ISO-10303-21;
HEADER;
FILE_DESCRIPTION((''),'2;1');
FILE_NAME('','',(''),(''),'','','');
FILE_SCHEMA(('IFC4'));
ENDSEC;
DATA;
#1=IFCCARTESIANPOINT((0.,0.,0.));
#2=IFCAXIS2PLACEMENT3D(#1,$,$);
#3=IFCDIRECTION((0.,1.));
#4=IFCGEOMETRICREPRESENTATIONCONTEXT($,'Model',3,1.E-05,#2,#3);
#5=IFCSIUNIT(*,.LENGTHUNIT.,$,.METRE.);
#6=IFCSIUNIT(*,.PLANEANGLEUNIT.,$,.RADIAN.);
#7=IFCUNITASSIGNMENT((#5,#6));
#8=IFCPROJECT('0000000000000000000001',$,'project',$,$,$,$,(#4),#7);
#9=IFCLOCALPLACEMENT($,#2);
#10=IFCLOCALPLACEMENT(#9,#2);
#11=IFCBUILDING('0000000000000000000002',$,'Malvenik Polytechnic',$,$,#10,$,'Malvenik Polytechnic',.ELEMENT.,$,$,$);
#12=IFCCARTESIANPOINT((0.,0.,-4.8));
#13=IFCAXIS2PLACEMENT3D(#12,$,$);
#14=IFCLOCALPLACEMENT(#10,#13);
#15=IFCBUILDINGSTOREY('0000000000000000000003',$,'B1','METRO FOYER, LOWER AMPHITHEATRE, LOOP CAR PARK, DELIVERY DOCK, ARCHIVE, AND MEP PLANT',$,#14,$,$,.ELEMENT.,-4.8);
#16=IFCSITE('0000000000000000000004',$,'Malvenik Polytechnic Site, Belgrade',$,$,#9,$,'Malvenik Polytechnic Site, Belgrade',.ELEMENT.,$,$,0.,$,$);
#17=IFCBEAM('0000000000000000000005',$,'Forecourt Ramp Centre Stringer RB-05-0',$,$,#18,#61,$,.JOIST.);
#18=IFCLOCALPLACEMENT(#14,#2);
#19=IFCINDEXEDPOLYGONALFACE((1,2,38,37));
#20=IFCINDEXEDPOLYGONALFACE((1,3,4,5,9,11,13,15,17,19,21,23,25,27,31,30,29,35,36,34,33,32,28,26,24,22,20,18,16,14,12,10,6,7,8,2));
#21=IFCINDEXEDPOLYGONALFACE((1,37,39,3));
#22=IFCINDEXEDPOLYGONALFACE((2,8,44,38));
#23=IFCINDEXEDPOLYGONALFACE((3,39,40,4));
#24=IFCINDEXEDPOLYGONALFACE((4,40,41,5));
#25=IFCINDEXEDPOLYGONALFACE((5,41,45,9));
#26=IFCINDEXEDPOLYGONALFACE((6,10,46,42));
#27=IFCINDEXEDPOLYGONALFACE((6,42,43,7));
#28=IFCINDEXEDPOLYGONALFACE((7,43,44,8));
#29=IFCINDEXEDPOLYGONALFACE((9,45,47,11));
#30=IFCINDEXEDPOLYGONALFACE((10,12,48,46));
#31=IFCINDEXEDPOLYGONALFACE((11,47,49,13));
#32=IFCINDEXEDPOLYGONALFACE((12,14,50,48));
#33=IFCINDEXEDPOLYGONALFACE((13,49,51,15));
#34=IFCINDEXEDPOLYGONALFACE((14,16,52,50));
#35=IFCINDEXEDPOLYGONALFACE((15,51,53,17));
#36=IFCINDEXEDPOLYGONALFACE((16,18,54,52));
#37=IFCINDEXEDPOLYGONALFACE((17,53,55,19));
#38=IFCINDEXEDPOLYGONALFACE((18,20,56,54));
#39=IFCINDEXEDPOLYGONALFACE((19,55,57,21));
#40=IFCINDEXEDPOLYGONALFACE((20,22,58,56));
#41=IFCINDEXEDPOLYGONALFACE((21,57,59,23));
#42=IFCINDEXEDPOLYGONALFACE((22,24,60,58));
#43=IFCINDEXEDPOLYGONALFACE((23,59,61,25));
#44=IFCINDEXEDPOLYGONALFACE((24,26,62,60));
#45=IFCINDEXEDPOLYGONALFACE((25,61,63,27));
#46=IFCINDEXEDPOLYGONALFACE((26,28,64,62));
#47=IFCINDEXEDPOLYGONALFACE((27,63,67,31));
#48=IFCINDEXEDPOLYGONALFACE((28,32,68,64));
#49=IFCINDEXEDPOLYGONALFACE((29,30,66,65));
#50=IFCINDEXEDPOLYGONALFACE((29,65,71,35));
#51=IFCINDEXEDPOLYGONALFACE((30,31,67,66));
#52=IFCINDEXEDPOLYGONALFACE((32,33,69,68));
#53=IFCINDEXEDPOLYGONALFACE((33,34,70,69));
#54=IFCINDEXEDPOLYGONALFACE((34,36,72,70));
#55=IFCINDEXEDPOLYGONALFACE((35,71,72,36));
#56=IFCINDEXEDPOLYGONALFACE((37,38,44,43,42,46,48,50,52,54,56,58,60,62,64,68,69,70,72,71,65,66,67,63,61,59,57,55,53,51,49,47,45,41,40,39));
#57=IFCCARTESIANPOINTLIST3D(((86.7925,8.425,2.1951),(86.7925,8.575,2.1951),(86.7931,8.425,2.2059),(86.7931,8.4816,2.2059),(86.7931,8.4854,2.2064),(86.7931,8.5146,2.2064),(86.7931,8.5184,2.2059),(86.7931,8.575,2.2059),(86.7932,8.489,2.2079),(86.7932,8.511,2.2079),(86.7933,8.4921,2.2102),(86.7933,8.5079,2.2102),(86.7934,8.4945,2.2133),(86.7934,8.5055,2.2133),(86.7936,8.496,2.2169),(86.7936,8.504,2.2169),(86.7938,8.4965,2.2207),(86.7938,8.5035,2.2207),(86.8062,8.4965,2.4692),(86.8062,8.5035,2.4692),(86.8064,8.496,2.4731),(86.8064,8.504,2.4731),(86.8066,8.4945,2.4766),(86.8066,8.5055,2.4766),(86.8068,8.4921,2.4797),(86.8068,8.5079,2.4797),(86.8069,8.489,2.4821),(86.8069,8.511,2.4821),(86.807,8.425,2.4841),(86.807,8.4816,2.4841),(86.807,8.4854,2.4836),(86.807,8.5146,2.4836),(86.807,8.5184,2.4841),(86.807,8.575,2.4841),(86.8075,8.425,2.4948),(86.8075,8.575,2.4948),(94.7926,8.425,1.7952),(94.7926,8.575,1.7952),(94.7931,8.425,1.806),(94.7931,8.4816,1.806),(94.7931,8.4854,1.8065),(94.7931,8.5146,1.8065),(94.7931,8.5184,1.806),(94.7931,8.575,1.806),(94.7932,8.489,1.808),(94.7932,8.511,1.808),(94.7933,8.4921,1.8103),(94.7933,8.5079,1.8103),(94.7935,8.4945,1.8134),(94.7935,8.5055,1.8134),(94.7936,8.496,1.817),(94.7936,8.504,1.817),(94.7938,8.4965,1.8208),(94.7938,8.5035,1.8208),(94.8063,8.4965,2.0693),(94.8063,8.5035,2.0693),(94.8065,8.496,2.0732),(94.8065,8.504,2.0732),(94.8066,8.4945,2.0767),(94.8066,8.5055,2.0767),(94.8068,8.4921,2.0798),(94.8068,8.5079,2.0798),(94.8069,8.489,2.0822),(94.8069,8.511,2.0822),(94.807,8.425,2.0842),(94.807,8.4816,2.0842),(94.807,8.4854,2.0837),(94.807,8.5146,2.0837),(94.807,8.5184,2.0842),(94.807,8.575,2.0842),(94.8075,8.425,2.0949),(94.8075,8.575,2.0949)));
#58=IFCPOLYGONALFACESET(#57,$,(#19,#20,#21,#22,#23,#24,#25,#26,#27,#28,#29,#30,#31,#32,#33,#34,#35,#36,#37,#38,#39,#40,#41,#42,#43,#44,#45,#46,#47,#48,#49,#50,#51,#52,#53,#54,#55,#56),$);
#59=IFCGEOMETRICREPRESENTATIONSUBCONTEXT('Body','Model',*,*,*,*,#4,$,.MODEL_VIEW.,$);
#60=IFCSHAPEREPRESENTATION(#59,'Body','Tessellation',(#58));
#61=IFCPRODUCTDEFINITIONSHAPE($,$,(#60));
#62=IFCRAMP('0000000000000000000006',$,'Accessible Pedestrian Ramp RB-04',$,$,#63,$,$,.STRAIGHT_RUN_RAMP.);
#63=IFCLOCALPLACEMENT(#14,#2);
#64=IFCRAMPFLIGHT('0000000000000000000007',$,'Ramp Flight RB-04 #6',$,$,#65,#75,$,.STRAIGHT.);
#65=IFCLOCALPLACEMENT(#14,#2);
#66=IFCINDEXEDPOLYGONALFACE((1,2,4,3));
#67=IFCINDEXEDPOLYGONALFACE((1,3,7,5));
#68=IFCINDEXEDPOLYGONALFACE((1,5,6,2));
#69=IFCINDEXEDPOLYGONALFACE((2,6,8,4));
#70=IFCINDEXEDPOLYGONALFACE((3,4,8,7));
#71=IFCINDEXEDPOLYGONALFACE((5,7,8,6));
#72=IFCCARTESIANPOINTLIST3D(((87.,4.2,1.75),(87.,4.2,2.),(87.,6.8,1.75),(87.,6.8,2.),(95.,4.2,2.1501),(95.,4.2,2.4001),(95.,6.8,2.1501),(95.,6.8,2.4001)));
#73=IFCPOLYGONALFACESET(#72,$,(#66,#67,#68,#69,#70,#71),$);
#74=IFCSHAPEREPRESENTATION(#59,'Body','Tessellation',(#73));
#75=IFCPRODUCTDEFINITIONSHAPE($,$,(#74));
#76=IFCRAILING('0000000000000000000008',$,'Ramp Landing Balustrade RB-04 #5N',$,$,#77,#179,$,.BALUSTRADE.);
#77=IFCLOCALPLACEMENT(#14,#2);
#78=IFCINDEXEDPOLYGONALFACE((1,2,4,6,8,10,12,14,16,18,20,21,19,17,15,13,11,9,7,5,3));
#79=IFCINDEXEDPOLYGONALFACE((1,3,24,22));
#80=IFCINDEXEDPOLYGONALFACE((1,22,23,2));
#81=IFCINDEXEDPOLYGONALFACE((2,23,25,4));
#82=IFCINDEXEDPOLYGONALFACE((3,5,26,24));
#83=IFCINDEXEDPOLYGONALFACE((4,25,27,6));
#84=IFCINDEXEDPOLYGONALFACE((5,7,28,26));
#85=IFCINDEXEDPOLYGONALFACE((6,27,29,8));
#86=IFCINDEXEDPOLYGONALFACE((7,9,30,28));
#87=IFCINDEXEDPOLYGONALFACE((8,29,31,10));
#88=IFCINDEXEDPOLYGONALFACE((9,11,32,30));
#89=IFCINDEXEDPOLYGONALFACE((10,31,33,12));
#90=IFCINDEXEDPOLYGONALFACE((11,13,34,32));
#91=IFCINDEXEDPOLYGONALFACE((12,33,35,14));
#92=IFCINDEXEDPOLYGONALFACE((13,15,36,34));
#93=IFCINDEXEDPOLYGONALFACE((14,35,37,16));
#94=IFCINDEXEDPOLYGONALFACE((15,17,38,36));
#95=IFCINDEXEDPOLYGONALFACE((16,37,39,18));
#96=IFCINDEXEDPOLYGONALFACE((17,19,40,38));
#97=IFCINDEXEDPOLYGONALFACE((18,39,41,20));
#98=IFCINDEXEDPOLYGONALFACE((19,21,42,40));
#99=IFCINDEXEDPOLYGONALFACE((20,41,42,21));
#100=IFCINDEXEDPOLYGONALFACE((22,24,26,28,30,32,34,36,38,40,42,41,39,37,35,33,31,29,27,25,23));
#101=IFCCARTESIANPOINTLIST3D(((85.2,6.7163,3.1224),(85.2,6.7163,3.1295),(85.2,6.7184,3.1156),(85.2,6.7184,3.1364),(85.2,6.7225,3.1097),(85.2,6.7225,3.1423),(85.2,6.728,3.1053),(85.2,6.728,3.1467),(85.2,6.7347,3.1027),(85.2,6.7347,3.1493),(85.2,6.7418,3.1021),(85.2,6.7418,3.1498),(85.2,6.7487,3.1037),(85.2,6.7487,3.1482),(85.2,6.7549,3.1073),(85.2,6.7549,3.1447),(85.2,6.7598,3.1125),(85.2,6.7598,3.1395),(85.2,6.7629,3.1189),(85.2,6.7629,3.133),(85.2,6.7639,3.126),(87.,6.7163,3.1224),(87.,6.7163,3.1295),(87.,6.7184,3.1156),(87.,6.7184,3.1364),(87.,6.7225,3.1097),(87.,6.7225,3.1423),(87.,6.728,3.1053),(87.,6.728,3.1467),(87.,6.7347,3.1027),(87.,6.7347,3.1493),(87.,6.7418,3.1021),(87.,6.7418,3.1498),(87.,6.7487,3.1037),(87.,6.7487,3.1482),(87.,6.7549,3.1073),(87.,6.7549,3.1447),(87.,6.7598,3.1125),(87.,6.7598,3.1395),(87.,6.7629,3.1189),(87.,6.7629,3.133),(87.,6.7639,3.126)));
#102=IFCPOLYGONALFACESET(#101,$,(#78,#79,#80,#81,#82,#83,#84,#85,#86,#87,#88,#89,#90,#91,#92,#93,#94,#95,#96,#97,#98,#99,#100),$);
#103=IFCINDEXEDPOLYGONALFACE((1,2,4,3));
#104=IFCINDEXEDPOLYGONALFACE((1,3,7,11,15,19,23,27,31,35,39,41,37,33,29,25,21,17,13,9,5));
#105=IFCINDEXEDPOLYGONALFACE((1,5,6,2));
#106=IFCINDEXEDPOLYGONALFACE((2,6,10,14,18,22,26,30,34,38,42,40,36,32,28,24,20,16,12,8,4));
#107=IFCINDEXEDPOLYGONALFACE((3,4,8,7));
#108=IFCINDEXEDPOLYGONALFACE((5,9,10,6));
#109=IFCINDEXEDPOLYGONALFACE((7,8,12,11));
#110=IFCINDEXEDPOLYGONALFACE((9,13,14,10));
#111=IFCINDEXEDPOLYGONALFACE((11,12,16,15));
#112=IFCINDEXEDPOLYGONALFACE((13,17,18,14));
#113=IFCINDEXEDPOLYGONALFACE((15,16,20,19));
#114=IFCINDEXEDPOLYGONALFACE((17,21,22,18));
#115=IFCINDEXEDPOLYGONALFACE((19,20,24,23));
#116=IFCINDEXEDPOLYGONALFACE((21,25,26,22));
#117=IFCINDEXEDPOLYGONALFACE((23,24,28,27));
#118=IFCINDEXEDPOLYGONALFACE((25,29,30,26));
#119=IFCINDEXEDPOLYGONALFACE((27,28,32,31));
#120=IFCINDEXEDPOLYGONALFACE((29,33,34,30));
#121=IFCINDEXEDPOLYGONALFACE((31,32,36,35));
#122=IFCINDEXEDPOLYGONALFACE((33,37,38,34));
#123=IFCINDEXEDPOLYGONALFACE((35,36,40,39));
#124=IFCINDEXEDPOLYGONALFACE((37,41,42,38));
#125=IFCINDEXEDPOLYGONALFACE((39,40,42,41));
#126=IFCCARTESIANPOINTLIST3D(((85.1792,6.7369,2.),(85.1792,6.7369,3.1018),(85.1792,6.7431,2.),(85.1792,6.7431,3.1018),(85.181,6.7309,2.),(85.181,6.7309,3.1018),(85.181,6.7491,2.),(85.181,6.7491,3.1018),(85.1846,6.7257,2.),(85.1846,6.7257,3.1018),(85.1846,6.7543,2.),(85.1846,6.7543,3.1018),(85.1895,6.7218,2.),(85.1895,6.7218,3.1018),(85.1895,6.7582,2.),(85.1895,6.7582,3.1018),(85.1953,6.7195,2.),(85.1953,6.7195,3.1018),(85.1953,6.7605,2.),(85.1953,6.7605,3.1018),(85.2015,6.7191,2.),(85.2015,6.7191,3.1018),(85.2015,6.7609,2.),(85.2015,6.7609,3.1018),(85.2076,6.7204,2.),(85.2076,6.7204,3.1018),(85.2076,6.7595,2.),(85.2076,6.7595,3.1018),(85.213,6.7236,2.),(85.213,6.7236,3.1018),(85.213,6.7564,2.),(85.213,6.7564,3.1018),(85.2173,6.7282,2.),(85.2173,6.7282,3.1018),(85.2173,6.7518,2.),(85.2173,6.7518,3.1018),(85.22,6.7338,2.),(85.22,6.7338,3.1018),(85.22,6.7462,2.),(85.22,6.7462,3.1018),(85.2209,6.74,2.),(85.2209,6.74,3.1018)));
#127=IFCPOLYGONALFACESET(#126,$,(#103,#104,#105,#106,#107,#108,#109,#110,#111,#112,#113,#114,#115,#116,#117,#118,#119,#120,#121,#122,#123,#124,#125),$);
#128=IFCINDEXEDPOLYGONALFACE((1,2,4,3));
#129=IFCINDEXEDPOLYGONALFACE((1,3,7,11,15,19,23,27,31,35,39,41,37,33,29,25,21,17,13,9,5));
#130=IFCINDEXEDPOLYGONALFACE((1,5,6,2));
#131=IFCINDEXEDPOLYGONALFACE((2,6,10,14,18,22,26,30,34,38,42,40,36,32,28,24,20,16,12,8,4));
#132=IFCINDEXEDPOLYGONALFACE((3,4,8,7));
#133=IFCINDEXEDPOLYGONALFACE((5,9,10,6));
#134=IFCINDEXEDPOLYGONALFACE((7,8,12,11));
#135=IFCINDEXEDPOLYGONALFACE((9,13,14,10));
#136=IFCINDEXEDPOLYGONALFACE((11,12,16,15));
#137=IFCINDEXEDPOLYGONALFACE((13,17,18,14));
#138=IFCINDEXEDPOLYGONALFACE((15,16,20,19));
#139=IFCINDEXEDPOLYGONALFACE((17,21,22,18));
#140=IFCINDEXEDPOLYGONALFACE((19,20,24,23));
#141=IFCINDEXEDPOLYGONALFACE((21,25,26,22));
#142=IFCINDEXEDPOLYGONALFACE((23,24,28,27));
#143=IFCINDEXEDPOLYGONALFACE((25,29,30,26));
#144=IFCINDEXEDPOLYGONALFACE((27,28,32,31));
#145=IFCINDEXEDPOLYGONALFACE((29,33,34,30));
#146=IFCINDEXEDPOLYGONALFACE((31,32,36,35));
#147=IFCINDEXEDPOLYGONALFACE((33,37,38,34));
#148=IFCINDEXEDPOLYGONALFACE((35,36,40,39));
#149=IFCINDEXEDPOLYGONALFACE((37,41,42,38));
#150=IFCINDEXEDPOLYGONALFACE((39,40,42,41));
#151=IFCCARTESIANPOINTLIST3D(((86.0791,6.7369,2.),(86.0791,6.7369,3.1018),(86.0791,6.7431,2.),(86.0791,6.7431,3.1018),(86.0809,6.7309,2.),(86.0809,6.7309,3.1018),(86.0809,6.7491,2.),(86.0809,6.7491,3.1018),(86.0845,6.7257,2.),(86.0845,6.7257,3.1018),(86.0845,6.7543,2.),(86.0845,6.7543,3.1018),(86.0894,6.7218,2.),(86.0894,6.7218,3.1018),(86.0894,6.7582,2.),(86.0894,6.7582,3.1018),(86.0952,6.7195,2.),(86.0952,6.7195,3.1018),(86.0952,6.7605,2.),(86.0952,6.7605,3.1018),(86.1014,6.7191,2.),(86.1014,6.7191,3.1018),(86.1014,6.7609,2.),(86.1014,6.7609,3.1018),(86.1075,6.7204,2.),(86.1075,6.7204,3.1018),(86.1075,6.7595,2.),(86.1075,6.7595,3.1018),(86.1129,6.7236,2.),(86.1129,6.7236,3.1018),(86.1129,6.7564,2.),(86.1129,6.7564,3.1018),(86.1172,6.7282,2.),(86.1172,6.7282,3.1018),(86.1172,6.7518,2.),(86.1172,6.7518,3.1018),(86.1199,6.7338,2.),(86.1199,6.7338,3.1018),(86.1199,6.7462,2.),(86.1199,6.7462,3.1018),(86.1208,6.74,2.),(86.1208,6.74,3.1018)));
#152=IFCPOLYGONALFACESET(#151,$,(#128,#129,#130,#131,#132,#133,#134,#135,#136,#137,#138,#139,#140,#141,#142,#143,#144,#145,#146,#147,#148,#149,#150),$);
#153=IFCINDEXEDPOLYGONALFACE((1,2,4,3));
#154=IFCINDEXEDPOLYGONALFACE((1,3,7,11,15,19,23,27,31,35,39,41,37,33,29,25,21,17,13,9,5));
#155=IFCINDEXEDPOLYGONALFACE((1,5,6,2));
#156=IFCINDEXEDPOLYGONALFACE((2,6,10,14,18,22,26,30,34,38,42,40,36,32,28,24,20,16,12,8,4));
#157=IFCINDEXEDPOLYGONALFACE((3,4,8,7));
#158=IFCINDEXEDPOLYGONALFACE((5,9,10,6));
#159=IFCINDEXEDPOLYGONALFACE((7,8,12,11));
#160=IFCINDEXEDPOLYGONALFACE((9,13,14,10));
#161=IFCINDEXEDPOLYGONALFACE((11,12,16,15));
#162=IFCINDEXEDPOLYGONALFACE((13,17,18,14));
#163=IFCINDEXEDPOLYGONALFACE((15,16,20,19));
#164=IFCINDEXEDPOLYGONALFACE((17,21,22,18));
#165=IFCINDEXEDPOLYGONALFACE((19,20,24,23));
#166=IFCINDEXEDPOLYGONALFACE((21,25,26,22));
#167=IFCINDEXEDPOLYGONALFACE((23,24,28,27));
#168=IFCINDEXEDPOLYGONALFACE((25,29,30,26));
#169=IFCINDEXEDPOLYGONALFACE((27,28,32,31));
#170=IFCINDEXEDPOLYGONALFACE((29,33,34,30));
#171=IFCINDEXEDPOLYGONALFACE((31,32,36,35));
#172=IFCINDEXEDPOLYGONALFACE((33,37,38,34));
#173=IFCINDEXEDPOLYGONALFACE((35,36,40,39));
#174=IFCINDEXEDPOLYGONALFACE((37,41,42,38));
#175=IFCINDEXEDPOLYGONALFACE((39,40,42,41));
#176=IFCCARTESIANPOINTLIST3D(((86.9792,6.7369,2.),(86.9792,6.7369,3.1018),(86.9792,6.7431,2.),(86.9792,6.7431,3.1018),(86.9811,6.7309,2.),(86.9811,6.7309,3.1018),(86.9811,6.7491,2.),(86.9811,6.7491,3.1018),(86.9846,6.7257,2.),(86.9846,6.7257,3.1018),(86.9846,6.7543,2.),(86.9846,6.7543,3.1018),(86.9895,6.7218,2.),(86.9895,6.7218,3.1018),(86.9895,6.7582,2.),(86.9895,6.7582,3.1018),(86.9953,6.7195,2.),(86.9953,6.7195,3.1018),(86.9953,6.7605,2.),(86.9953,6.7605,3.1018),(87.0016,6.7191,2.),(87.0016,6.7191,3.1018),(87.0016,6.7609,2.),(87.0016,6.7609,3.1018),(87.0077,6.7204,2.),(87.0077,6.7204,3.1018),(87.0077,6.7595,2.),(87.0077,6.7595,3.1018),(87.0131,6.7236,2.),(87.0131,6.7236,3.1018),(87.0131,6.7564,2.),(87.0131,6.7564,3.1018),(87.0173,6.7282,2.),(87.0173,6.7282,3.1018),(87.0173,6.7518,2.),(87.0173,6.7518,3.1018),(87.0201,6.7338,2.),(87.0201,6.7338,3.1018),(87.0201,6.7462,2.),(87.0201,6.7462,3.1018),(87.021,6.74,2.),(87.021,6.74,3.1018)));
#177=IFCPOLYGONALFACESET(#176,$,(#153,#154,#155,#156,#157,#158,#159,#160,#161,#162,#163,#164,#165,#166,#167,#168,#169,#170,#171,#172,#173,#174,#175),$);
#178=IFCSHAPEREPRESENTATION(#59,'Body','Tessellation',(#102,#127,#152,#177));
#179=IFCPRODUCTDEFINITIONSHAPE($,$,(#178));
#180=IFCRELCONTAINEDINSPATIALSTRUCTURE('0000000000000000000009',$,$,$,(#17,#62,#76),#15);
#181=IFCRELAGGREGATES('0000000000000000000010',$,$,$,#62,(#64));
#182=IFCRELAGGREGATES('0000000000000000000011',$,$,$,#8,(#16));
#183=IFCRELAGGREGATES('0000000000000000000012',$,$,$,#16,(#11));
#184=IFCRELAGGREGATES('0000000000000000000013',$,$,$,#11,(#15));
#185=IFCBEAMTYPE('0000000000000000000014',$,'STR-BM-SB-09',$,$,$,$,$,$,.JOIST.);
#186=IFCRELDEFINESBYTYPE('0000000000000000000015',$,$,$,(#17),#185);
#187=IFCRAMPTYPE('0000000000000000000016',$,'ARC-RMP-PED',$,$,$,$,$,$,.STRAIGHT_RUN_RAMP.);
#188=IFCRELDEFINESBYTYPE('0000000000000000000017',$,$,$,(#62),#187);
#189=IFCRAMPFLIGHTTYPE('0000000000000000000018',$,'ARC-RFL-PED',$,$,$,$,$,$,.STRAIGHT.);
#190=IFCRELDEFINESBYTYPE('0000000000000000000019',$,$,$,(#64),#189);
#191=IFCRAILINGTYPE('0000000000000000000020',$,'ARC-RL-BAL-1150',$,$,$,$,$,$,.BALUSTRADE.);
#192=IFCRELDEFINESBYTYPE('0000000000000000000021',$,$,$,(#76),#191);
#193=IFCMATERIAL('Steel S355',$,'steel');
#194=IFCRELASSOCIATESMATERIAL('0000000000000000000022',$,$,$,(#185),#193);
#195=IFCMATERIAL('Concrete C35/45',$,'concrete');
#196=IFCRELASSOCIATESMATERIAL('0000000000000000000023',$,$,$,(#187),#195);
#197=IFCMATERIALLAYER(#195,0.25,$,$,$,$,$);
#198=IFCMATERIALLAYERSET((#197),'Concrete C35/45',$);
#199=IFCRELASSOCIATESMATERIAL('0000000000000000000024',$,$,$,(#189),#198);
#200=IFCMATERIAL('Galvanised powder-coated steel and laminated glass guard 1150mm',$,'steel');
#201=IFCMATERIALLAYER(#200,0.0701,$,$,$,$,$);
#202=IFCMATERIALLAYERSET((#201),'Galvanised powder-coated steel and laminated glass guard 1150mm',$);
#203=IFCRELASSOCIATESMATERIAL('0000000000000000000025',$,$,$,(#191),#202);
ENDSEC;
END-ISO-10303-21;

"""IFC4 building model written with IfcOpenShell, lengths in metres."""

from ifc_helpers import new_model, si_unit, direction, frame, origin, origin_2d, place, context, subcontext, project, spatial, polyline, circle, i_section, outline, extrude, material, layer, layer_set, material_profile, profile_set, type_object, element, aggregate, save


model = new_model("IFC4")

# Units and contexts
model_context = context("Model", 3, precision=1e-05, world=origin(), true_north=direction((0.0, 1.0)))
body_context = subcontext(model_context, "Body", "Model", "MODEL_VIEW")
ifc_project = project(units=[si_unit("LENGTHUNIT", "METRE"), si_unit("PLANEANGLEUNIT", "RADIAN")], contexts=[model_context])

# Site, building, storey
site_placement = place(None, origin())
site = spatial("IfcSite", under=ifc_project, at=site_placement, Name="Malvenik Polytechnic Site, Belgrade", LongName="Malvenik Polytechnic Site, Belgrade", CompositionType="ELEMENT", RefElevation=0.0)
building_placement = place(site_placement, origin())
building = spatial("IfcBuilding", under=site, at=building_placement, Name="Malvenik Polytechnic", LongName="Malvenik Polytechnic", CompositionType="ELEMENT")
storey_placement = place(building_placement, frame((0.0, 0.0, -4.8)))
storey = spatial("IfcBuildingStorey", under=building, at=storey_placement, Name="B1", Description="METRO FOYER, LOWER AMPHITHEATRE, LOOP CAR PARK, DELIVERY DOCK, ARCHIVE, AND MEP PLANT", CompositionType="ELEMENT", Elevation=-4.8)

# Shared definitions
ifc_material_1 = material(Name="Concrete C35/45", Category="concrete")

# Beam
ifc_material_2 = material(Name="Steel S355", Category="steel")
ifc_material_profile_1 = material_profile(ifc_material_2, i_section(OverallWidth=0.1499, OverallDepth=0.3, WebThickness=0.0071, FlangeThickness=0.0107, FilletRadius=0.0149, at=origin_2d()), Name="IPE 300")
ifc_profile_set_1 = profile_set([ifc_material_profile_1], Name="Steel S355")
beam_type_1 = type_object("IfcBeamType", Name="STR-BM-SB-09", PredefinedType="JOIST", material=ifc_profile_set_1)
for number, where, z_axis, x_axis, name in (
    (1, (94.8, 8.5, 1.9451), (-0.998753, 0.0, 0.049925), (0.0, -1.0, 0.0), "Forecourt Ramp Centre Stringer RB-05-0"),
):
    element("IfcBeam", number, at=place(storey_placement, frame(where, z_axis=z_axis, x_axis=x_axis)), inside=storey, type_object=beam_type_1, Name=name, PredefinedType="JOIST", context=body_context, shape_type="SweptSolid", body=[
        extrude(i_section(OverallWidth=0.1499, OverallDepth=0.3, WebThickness=0.0071, FlangeThickness=0.0107, FilletRadius=0.0149, at=origin_2d()), origin(), (0.0, 0.0, 1.0), 8.01),
    ])

# Ramp, ramp flight
ramp_type = type_object("IfcRampType", Name="ARC-RMP-PED", PredefinedType="STRAIGHT_RUN_RAMP", material=ifc_material_1)
ramp_placement = place(storey_placement, origin())
ramp = element("IfcRamp", 2, at=ramp_placement, inside=storey, type_object=ramp_type, Name="Accessible Pedestrian Ramp RB-04", PredefinedType="STRAIGHT_RUN_RAMP")
ifc_layer_1 = layer(ifc_material_1, 0.25)
ifc_layer_set_1 = layer_set([ifc_layer_1], Name="Concrete C35/45")
ramp_flight_type = type_object("IfcRampFlightType", Name="ARC-RFL-PED", PredefinedType="STRAIGHT", material=ifc_layer_set_1)
ramp_flight_placement = place(storey_placement, frame((87.0, 5.5, 2.0), z_axis=(0.0, 0.0, 1.0), x_axis=(1.0, 0.0, 0.0)))
ramp_flight = element("IfcRampFlight", 3, at=ramp_flight_placement, type_object=ramp_flight_type, Name="Ramp Flight RB-04 #6", PredefinedType="STRAIGHT", context=body_context, shape_type="SweptSolid", body=[
    extrude(outline(polyline([(0.0, -0.25), (8.0, 0.1501), (8.0, 0.4001), (0.0, 0.0), (0.0, -0.25)])), frame((0.0, 1.3, 0.0), z_axis=(0.0, -1.0, 0.0), x_axis=(1.0, 0.0, 0.0)), (0.0, 0.0, 1.0), 2.6001),
])
aggregate(ramp, [ramp_flight])

# Railing
ifc_material_3 = material(Name="Galvanised powder-coated steel and laminated glass guard 1150mm", Category="steel")
ifc_layer_2 = layer(ifc_material_3, 0.0701)
ifc_layer_set_2 = layer_set([ifc_layer_2], Name="Galvanised powder-coated steel and laminated glass guard 1150mm")
railing_type_1 = type_object("IfcRailingType", Name="ARC-RL-BAL-1150", PredefinedType="BALUSTRADE", material=ifc_layer_set_2)
railing_placement = place(storey_placement, frame((85.2, 6.74, 2.0)))
element("IfcRailing", 4, at=railing_placement, inside=storey, type_object=railing_type_1, Name="Ramp Landing Balustrade RB-04 #5N", PredefinedType="BALUSTRADE", context=body_context, shape_type="SweptSolid", body=[
    extrude(circle(Radius=0.0239, at=origin_2d()), frame((0.0, 0.0, 1.126), z_axis=(1.0, 0.0, 0.0), x_axis=(0.0, 1.0, 0.0)), (0.0, 0.0, 1.0), 1.8),
    extrude(circle(Radius=0.021, at=origin_2d()), origin(), (0.0, 0.0, 1.0), 1.1018),
    extrude(circle(Radius=0.021, at=origin_2d()), frame((0.8999, 0.0, 0.0)), (0.0, 0.0, 1.0), 1.1018),
    extrude(circle(Radius=0.021, at=origin_2d()), frame((1.8, 0.0, 0.0)), (0.0, 0.0, 1.0), 1.1018),
])

save(model, "model.ifc")
